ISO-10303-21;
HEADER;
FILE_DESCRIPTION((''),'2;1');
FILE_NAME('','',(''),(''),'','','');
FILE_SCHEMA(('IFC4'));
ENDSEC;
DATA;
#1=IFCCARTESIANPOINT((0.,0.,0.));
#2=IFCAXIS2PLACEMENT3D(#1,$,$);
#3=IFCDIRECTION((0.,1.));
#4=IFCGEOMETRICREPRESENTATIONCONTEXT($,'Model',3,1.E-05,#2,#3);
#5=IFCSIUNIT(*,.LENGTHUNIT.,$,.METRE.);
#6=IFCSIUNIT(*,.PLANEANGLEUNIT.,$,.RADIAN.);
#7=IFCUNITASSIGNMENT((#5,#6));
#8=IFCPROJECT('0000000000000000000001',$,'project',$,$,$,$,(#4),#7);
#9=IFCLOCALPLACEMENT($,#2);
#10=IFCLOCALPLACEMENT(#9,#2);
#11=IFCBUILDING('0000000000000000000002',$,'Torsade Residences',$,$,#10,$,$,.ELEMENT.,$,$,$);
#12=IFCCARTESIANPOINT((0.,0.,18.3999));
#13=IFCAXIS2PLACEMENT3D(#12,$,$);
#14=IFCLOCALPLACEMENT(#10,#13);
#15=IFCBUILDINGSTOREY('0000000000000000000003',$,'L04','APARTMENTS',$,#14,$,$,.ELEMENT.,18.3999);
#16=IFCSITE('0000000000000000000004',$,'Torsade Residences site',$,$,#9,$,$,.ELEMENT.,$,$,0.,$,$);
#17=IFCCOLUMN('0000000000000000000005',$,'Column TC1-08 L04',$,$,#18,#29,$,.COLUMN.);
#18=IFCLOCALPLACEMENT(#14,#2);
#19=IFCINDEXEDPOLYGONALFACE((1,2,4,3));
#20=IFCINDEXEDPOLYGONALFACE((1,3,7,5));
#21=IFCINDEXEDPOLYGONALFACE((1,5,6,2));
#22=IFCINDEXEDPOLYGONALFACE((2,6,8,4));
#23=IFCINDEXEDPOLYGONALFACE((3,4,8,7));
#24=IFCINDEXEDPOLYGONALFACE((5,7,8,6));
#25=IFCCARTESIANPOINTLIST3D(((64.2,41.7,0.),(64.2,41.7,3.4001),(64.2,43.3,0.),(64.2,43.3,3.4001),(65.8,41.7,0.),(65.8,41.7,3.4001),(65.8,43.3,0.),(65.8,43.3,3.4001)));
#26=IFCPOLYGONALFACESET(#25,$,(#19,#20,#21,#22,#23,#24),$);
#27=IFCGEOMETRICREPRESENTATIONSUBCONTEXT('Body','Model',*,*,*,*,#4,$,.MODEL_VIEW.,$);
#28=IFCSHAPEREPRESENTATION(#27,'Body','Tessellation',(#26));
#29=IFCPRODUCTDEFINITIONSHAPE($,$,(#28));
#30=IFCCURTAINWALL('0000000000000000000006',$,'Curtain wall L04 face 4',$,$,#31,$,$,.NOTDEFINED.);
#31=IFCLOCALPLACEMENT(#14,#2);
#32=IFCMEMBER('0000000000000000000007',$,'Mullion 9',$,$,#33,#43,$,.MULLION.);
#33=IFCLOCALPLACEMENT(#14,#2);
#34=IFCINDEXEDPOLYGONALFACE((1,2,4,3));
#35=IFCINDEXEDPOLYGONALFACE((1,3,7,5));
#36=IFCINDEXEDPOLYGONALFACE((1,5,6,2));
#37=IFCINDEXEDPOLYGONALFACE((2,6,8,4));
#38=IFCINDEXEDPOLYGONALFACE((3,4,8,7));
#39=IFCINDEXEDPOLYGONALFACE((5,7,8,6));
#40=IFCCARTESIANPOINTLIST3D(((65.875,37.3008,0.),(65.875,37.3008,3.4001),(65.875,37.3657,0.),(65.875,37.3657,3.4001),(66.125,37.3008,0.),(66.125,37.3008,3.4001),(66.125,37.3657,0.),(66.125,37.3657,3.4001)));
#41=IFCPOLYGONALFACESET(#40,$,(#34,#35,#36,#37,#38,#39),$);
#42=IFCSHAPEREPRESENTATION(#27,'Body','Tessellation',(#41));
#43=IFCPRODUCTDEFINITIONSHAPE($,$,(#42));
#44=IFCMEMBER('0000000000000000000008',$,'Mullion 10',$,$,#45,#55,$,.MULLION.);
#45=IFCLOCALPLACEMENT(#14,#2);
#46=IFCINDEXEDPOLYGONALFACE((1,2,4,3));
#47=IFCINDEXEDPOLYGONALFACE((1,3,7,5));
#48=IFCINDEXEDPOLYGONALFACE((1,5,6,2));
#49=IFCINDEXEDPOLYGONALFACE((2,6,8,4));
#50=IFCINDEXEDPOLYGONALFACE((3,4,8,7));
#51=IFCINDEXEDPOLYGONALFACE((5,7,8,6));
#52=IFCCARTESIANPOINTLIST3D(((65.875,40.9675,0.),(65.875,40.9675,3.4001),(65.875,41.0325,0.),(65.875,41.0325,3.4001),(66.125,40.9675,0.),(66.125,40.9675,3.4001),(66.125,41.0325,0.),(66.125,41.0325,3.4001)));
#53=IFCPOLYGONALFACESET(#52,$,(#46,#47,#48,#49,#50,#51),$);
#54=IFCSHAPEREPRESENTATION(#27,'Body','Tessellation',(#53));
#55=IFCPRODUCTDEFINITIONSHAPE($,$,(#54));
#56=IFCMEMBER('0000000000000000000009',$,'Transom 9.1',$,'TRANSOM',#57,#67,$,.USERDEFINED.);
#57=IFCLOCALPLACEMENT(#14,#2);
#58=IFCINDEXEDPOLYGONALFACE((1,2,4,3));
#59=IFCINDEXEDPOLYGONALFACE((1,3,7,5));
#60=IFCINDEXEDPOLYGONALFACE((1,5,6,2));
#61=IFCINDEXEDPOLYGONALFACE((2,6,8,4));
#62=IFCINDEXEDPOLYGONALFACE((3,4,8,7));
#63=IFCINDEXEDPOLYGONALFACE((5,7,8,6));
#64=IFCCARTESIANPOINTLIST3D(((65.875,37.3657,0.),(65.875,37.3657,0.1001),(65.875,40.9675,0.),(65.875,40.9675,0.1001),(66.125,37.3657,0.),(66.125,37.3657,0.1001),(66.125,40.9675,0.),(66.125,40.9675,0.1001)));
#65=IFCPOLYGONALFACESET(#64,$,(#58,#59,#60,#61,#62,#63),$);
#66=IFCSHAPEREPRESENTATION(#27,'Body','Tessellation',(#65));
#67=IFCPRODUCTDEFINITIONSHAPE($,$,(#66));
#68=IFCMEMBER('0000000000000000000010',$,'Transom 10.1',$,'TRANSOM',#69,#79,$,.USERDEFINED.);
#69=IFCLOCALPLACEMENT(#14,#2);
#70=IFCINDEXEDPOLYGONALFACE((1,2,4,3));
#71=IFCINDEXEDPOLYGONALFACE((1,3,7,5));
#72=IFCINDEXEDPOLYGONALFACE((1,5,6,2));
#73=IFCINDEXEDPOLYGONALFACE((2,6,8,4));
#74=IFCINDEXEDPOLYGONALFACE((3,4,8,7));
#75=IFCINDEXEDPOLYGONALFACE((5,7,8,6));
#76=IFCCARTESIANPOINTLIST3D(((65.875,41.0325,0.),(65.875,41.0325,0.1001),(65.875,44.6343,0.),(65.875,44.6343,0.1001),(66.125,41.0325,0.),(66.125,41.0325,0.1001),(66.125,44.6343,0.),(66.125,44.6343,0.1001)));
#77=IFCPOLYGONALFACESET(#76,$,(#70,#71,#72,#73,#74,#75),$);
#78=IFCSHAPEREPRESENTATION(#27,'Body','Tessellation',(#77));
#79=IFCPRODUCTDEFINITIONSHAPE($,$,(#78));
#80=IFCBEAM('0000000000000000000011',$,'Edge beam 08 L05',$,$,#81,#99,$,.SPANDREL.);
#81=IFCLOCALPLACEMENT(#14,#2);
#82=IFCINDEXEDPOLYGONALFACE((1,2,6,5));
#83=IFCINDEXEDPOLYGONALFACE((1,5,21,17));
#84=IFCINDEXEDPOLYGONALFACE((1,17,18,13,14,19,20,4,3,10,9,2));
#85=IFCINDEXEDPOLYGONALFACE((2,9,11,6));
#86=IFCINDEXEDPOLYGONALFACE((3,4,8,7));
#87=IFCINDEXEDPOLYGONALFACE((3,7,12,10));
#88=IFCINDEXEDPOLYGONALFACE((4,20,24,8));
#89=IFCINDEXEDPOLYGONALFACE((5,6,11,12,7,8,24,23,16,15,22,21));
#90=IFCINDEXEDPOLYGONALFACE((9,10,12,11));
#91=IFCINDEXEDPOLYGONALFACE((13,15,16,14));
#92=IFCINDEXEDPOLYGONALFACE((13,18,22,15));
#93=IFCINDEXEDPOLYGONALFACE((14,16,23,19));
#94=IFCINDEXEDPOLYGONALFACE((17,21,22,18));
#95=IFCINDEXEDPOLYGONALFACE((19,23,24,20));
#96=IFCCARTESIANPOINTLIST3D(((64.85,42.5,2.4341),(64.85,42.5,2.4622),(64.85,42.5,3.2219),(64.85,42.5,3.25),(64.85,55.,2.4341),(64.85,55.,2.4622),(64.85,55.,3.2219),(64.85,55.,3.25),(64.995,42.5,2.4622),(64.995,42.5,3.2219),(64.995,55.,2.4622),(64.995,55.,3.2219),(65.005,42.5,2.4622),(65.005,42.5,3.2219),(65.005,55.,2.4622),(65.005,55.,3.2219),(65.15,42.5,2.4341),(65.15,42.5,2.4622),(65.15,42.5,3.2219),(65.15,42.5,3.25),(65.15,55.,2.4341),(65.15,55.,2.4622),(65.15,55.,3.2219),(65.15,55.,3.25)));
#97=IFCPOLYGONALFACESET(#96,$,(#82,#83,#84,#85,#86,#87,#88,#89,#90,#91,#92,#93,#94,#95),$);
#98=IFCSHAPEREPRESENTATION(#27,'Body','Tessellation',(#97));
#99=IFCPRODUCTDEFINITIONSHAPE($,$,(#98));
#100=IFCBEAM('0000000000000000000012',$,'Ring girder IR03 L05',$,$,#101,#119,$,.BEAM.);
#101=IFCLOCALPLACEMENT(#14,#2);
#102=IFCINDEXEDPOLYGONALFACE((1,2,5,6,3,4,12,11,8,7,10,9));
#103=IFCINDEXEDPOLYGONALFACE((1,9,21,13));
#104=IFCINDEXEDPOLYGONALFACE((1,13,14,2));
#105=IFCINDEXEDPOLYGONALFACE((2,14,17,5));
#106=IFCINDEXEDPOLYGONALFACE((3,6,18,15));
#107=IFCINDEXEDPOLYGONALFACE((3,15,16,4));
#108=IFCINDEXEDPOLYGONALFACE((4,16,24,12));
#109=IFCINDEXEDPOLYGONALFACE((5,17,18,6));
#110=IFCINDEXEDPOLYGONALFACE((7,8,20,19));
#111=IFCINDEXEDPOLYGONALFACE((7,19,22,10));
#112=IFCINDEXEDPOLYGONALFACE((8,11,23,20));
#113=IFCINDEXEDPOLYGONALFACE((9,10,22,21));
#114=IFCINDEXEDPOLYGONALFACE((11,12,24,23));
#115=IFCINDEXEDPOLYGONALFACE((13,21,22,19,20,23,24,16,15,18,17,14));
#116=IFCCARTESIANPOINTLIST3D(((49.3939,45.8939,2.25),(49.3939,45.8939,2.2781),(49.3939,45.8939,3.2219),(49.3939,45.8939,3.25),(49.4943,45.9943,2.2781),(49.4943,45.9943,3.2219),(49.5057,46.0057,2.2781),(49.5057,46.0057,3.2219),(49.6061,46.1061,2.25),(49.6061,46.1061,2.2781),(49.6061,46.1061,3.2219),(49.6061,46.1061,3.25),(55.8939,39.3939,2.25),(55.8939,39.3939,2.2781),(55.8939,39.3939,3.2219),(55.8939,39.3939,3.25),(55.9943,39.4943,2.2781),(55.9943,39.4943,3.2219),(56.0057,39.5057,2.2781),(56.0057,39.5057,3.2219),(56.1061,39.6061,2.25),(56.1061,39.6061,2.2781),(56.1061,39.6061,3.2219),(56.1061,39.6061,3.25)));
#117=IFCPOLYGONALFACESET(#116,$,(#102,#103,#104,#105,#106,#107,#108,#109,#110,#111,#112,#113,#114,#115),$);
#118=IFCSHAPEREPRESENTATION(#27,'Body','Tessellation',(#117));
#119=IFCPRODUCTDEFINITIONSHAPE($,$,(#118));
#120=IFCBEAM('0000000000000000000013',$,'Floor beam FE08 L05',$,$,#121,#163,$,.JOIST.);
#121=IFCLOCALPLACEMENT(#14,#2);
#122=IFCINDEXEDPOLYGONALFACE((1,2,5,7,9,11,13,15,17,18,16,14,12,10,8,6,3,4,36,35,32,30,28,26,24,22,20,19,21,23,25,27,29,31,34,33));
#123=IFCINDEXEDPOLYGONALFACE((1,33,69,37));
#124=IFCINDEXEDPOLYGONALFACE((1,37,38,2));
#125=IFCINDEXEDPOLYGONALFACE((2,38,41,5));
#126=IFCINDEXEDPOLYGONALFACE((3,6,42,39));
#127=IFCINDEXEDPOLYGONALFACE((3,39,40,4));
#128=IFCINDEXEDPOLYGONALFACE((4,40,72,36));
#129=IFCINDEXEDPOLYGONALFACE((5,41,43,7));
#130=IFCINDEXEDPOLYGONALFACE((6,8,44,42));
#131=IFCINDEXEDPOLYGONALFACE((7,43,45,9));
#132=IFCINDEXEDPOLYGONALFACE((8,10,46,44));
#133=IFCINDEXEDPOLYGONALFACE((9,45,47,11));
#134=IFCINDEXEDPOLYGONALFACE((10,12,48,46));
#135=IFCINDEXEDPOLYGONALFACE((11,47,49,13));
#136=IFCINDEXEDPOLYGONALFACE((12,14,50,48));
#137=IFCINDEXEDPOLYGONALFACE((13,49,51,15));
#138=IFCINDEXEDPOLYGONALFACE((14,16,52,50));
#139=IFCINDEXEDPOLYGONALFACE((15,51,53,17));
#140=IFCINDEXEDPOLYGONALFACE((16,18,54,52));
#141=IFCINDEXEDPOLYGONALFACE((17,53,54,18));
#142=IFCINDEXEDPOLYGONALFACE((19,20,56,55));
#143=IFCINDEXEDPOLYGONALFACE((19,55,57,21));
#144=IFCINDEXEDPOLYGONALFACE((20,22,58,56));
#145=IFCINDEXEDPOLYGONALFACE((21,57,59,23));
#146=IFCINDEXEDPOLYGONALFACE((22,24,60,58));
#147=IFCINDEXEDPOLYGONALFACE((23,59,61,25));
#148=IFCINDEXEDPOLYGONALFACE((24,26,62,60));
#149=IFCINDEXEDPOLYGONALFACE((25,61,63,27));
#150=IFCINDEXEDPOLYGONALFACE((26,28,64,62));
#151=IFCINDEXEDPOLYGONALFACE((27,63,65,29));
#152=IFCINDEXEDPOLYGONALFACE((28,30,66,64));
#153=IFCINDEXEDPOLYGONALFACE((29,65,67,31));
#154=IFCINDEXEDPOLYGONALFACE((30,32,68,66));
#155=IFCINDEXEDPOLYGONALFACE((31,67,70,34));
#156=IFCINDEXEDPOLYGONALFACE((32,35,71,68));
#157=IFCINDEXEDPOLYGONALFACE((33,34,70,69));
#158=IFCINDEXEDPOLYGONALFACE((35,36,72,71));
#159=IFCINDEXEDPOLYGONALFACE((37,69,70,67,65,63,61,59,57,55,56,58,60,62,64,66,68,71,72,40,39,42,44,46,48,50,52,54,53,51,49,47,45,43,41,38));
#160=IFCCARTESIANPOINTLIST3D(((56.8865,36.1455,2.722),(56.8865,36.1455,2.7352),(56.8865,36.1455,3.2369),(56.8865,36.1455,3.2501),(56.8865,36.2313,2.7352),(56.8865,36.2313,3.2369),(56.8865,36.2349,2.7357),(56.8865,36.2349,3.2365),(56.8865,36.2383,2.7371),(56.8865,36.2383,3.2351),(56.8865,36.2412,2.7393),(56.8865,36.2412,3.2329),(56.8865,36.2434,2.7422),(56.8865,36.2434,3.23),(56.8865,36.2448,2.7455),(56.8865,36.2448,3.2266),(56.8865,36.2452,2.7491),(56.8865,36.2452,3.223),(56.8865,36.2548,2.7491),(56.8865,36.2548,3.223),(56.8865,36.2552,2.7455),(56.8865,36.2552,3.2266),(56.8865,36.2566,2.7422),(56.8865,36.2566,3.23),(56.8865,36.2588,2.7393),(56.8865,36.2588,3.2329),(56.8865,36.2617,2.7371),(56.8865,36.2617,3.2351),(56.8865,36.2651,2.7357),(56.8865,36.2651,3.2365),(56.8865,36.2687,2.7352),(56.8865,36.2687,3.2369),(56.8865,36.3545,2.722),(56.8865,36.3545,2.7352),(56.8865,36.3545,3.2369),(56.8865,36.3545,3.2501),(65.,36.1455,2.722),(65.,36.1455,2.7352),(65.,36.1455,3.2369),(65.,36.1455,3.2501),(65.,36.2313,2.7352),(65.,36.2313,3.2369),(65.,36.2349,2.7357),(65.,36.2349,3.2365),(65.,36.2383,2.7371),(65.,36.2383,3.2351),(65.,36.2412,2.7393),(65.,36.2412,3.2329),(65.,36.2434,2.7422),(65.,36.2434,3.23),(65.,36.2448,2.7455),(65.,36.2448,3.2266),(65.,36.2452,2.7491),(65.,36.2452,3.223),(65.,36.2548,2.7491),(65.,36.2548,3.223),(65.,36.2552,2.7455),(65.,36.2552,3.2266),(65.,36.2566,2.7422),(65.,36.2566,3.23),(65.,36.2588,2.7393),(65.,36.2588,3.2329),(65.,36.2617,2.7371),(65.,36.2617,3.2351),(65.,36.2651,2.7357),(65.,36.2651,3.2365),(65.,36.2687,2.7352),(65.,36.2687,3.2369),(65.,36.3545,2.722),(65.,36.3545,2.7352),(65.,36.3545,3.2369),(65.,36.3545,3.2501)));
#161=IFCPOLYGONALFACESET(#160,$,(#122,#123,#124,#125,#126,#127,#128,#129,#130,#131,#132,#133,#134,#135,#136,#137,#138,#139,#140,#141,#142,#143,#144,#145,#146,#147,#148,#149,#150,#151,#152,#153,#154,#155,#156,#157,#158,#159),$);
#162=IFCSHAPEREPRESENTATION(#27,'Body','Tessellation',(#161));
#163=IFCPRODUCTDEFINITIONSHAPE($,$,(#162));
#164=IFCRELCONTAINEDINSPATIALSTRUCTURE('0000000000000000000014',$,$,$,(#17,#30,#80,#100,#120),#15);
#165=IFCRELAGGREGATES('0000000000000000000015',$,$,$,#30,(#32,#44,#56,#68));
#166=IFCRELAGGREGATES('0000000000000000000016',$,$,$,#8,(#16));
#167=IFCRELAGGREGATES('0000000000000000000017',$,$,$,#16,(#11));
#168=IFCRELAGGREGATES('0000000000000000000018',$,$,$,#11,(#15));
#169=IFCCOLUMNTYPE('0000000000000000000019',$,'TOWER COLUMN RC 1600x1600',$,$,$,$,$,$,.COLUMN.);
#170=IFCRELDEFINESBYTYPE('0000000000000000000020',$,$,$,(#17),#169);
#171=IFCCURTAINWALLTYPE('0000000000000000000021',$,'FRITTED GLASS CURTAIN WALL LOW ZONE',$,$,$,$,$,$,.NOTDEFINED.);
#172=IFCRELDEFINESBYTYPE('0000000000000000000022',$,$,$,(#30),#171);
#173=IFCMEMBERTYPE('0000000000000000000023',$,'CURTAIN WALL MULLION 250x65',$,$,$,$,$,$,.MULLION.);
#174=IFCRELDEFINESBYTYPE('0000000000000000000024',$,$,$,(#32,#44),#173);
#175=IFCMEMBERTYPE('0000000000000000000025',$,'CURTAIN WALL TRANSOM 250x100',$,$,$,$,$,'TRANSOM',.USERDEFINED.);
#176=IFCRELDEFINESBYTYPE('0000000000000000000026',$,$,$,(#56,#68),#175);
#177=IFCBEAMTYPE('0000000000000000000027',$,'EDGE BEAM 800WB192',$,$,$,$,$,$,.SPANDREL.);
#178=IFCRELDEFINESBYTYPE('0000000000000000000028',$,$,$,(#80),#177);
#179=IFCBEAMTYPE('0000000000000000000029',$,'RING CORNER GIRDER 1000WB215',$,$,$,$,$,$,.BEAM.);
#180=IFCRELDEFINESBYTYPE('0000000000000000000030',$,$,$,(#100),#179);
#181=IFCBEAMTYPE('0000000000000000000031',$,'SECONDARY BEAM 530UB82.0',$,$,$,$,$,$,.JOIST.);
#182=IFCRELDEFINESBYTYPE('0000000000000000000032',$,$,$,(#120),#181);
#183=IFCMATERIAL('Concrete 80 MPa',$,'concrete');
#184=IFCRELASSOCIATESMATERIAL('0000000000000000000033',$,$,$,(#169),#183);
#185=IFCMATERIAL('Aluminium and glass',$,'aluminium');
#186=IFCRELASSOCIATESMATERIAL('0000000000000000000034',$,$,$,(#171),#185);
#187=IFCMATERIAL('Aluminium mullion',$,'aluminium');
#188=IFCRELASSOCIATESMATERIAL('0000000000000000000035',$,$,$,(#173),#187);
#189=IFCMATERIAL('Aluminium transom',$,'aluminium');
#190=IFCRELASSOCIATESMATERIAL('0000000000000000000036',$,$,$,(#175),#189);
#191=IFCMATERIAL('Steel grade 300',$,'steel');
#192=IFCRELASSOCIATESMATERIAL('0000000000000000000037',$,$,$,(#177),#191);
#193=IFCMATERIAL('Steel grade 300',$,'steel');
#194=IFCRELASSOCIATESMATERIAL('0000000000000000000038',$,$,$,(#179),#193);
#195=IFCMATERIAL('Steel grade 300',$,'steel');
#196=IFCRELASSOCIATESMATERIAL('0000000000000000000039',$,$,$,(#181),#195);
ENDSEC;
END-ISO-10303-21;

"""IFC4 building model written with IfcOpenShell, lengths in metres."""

from ifc_helpers import new_model, si_unit, direction, frame, origin, origin_2d, place, context, subcontext, project, spatial, rectangle, i_section, extrude, material, material_profile, profile_set, type_object, element, aggregate, save


model = new_model("IFC4")

# Units and contexts
model_context = context("Model", 3, precision=1e-05, world=origin(), true_north=direction((0.0, 1.0)))
body_context = subcontext(model_context, "Body", "Model", "MODEL_VIEW")
ifc_project = project(units=[si_unit("LENGTHUNIT", "METRE"), si_unit("PLANEANGLEUNIT", "RADIAN")], contexts=[model_context])

# Site, building, storey
site_placement = place(None, origin())
site = spatial("IfcSite", under=ifc_project, at=site_placement, Name="Torsade Residences site", CompositionType="ELEMENT", RefElevation=0.0)
building_placement = place(site_placement, origin())
building = spatial("IfcBuilding", under=site, at=building_placement, Name="Torsade Residences", CompositionType="ELEMENT")
storey_placement = place(building_placement, frame((0.0, 0.0, 18.3999)))
storey = spatial("IfcBuildingStorey", under=building, at=storey_placement, Name="L04", Description="APARTMENTS", CompositionType="ELEMENT", Elevation=18.3999)

# Column
ifc_material_1 = material(Name="Concrete 80 MPa", Category="concrete")
ifc_material_profile_1 = material_profile(ifc_material_1, rectangle(XDim=1.6001, YDim=1.6001, at=origin_2d()), Name="RC 1600x1600")
ifc_profile_set_1 = profile_set([ifc_material_profile_1], Name="Concrete 80 MPa")
column_type = type_object("IfcColumnType", Name="TOWER COLUMN RC 1600x1600", PredefinedType="COLUMN", material=ifc_profile_set_1)
column_placement = place(storey_placement, frame((65.0, 42.5, 0.0), z_axis=(0.0, 0.0, 1.0), x_axis=(1.0, 0.0, 0.0)))
element("IfcColumn", 1, at=column_placement, inside=storey, type_object=column_type, Name="Column TC1-08 L04", PredefinedType="COLUMN", context=body_context, shape_type="SweptSolid", body=[
    extrude(rectangle(XDim=1.6001, YDim=1.6001, at=origin_2d()), origin(), (0.0, 0.0, 1.0), 3.4001),
])

# Curtain wall, members
ifc_material_2 = material(Name="Aluminium and glass", Category="aluminium")
curtain_wall_type = type_object("IfcCurtainWallType", Name="FRITTED GLASS CURTAIN WALL LOW ZONE", PredefinedType="NOTDEFINED", material=ifc_material_2)
curtain_wall_placement = place(storey_placement, origin())
curtain_wall = element("IfcCurtainWall", 2, at=curtain_wall_placement, inside=storey, type_object=curtain_wall_type, Name="Curtain wall L04 face 4", PredefinedType="NOTDEFINED")
ifc_material_3 = material(Name="Aluminium mullion", Category="aluminium")
ifc_material_profile_2 = material_profile(ifc_material_3, rectangle(XDim=0.25, YDim=0.0649, at=origin_2d()), Name="CURTAIN WALL MULLION 250x65")
ifc_profile_set_2 = profile_set([ifc_material_profile_2], Name="Aluminium mullion")
member_type_1 = type_object("IfcMemberType", Name="CURTAIN WALL MULLION 250x65", PredefinedType="MULLION", material=ifc_profile_set_2)
member_1_placement = place(storey_placement, frame((66.0, 37.3333, 0.0), z_axis=(0.0, 0.0, 1.0), x_axis=(-1.0, 0.0, 0.0)))
member_1 = element("IfcMember", 3, at=member_1_placement, type_object=member_type_1, Name="Mullion 9", PredefinedType="MULLION", context=body_context, shape_type="SweptSolid", body=[
    extrude(rectangle(XDim=0.25, YDim=0.0649, at=origin_2d()), origin(), (0.0, 0.0, 1.0), 3.4001),
])
member_2_placement = place(storey_placement, frame((66.0, 41.0, 0.0), z_axis=(0.0, 0.0, 1.0), x_axis=(-1.0, 0.0, 0.0)))
member_2 = element("IfcMember", 4, at=member_2_placement, type_object=member_type_1, Name="Mullion 10", PredefinedType="MULLION", context=body_context, shape_type="SweptSolid", body=[
    extrude(rectangle(XDim=0.25, YDim=0.0649, at=origin_2d()), origin(), (0.0, 0.0, 1.0), 3.4001),
])
ifc_material_4 = material(Name="Aluminium transom", Category="aluminium")
ifc_material_profile_3 = material_profile(ifc_material_4, rectangle(XDim=0.25, YDim=0.1001, at=origin_2d()), Name="CURTAIN WALL TRANSOM 250x100")
ifc_profile_set_3 = profile_set([ifc_material_profile_3], Name="Aluminium transom")
member_type_2 = type_object("IfcMemberType", Name="CURTAIN WALL TRANSOM 250x100", ElementType="TRANSOM", PredefinedType="USERDEFINED", material=ifc_profile_set_3)
member_3_placement = place(storey_placement, frame((66.0, 37.3657, 0.05), z_axis=(0.0, 1.0, 0.0), x_axis=(-1.0, 0.0, 0.0)))
member_3 = element("IfcMember", 5, at=member_3_placement, type_object=member_type_2, Name="Transom 9.1", ObjectType="TRANSOM", PredefinedType="USERDEFINED", context=body_context, shape_type="SweptSolid", body=[
    extrude(rectangle(XDim=0.25, YDim=0.1001, at=origin_2d()), origin(), (0.0, 0.0, 1.0), 3.6018),
])
member_4_placement = place(storey_placement, frame((66.0, 41.0325, 0.05), z_axis=(0.0, 1.0, 0.0), x_axis=(-1.0, 0.0, 0.0)))
member_4 = element("IfcMember", 6, at=member_4_placement, type_object=member_type_2, Name="Transom 10.1", ObjectType="TRANSOM", PredefinedType="USERDEFINED", context=body_context, shape_type="SweptSolid", body=[
    extrude(rectangle(XDim=0.25, YDim=0.1001, at=origin_2d()), origin(), (0.0, 0.0, 1.0), 3.6018),
])

# Beams
ifc_material_5 = material(Name="Steel grade 300", Category="steel")
ifc_material_profile_4 = material_profile(ifc_material_5, i_section(OverallWidth=0.3, OverallDepth=0.8159, WebThickness=0.01, FlangeThickness=0.0281, at=origin_2d()), Name="800WB192")
ifc_profile_set_4 = profile_set([ifc_material_profile_4], Name="Steel grade 300")
beam_type_1 = type_object("IfcBeamType", Name="EDGE BEAM 800WB192", PredefinedType="SPANDREL", material=ifc_profile_set_4)
beam_1_placement = place(storey_placement, frame((65.0, 42.5, 2.842), z_axis=(0.0, 1.0, 0.0), x_axis=(-1.0, 0.0, 0.0)))
element("IfcBeam", 7, at=beam_1_placement, inside=storey, type_object=beam_type_1, Name="Edge beam 08 L05", PredefinedType="SPANDREL", context=body_context, shape_type="SweptSolid", body=[
    extrude(i_section(OverallWidth=0.3, OverallDepth=0.8159, WebThickness=0.01, FlangeThickness=0.0281, at=origin_2d()), origin(), (0.0, 0.0, 1.0), 12.5),
])
ifc_material_6 = material(Name="Steel grade 300", Category="steel")
ifc_material_profile_5 = material_profile(ifc_material_6, i_section(OverallWidth=0.3, OverallDepth=1.0, WebThickness=0.0161, FlangeThickness=0.0281, at=origin_2d()), Name="1000WB215")
ifc_profile_set_5 = profile_set([ifc_material_profile_5], Name="Steel grade 300")
beam_type_2 = type_object("IfcBeamType", Name="RING CORNER GIRDER 1000WB215", PredefinedType="BEAM", material=ifc_profile_set_5)
beam_2_placement = place(storey_placement, frame((56.0, 39.5, 2.75), z_axis=(-0.707107, 0.707107, 0.0), x_axis=(-0.707107, -0.707107, 0.0)))
element("IfcBeam", 8, at=beam_2_placement, inside=storey, type_object=beam_type_2, Name="Ring girder IR03 L05", PredefinedType="BEAM", context=body_context, shape_type="SweptSolid", body=[
    extrude(i_section(OverallWidth=0.3, OverallDepth=1.0, WebThickness=0.0161, FlangeThickness=0.0281, at=origin_2d()), origin(), (0.0, 0.0, 1.0), 9.1924),
])
ifc_material_7 = material(Name="Steel grade 300", Category="steel")
ifc_material_profile_6 = material_profile(ifc_material_7, i_section(OverallWidth=0.209, OverallDepth=0.5281, WebThickness=0.0095, FlangeThickness=0.0132, FilletRadius=0.0139, at=origin_2d()), Name="530UB82.0")
ifc_profile_set_6 = profile_set([ifc_material_profile_6], Name="Steel grade 300")
beam_type_3 = type_object("IfcBeamType", Name="SECONDARY BEAM 530UB82.0", PredefinedType="JOIST", material=ifc_profile_set_6)
beam_3_placement = place(storey_placement, frame((65.0, 36.25, 2.9861), z_axis=(-1.0, 0.0, 0.0), x_axis=(0.0, -1.0, 0.0)))
element("IfcBeam", 9, at=beam_3_placement, inside=storey, type_object=beam_type_3, Name="Floor beam FE08 L05", PredefinedType="JOIST", context=body_context, shape_type="SweptSolid", body=[
    extrude(i_section(OverallWidth=0.209, OverallDepth=0.5281, WebThickness=0.0095, FlangeThickness=0.0132, FilletRadius=0.0139, at=origin_2d()), origin(), (0.0, 0.0, 1.0), 8.1135),
])

aggregate(curtain_wall, [member_1, member_2, member_3, member_4])

save(model, "model.ifc")
